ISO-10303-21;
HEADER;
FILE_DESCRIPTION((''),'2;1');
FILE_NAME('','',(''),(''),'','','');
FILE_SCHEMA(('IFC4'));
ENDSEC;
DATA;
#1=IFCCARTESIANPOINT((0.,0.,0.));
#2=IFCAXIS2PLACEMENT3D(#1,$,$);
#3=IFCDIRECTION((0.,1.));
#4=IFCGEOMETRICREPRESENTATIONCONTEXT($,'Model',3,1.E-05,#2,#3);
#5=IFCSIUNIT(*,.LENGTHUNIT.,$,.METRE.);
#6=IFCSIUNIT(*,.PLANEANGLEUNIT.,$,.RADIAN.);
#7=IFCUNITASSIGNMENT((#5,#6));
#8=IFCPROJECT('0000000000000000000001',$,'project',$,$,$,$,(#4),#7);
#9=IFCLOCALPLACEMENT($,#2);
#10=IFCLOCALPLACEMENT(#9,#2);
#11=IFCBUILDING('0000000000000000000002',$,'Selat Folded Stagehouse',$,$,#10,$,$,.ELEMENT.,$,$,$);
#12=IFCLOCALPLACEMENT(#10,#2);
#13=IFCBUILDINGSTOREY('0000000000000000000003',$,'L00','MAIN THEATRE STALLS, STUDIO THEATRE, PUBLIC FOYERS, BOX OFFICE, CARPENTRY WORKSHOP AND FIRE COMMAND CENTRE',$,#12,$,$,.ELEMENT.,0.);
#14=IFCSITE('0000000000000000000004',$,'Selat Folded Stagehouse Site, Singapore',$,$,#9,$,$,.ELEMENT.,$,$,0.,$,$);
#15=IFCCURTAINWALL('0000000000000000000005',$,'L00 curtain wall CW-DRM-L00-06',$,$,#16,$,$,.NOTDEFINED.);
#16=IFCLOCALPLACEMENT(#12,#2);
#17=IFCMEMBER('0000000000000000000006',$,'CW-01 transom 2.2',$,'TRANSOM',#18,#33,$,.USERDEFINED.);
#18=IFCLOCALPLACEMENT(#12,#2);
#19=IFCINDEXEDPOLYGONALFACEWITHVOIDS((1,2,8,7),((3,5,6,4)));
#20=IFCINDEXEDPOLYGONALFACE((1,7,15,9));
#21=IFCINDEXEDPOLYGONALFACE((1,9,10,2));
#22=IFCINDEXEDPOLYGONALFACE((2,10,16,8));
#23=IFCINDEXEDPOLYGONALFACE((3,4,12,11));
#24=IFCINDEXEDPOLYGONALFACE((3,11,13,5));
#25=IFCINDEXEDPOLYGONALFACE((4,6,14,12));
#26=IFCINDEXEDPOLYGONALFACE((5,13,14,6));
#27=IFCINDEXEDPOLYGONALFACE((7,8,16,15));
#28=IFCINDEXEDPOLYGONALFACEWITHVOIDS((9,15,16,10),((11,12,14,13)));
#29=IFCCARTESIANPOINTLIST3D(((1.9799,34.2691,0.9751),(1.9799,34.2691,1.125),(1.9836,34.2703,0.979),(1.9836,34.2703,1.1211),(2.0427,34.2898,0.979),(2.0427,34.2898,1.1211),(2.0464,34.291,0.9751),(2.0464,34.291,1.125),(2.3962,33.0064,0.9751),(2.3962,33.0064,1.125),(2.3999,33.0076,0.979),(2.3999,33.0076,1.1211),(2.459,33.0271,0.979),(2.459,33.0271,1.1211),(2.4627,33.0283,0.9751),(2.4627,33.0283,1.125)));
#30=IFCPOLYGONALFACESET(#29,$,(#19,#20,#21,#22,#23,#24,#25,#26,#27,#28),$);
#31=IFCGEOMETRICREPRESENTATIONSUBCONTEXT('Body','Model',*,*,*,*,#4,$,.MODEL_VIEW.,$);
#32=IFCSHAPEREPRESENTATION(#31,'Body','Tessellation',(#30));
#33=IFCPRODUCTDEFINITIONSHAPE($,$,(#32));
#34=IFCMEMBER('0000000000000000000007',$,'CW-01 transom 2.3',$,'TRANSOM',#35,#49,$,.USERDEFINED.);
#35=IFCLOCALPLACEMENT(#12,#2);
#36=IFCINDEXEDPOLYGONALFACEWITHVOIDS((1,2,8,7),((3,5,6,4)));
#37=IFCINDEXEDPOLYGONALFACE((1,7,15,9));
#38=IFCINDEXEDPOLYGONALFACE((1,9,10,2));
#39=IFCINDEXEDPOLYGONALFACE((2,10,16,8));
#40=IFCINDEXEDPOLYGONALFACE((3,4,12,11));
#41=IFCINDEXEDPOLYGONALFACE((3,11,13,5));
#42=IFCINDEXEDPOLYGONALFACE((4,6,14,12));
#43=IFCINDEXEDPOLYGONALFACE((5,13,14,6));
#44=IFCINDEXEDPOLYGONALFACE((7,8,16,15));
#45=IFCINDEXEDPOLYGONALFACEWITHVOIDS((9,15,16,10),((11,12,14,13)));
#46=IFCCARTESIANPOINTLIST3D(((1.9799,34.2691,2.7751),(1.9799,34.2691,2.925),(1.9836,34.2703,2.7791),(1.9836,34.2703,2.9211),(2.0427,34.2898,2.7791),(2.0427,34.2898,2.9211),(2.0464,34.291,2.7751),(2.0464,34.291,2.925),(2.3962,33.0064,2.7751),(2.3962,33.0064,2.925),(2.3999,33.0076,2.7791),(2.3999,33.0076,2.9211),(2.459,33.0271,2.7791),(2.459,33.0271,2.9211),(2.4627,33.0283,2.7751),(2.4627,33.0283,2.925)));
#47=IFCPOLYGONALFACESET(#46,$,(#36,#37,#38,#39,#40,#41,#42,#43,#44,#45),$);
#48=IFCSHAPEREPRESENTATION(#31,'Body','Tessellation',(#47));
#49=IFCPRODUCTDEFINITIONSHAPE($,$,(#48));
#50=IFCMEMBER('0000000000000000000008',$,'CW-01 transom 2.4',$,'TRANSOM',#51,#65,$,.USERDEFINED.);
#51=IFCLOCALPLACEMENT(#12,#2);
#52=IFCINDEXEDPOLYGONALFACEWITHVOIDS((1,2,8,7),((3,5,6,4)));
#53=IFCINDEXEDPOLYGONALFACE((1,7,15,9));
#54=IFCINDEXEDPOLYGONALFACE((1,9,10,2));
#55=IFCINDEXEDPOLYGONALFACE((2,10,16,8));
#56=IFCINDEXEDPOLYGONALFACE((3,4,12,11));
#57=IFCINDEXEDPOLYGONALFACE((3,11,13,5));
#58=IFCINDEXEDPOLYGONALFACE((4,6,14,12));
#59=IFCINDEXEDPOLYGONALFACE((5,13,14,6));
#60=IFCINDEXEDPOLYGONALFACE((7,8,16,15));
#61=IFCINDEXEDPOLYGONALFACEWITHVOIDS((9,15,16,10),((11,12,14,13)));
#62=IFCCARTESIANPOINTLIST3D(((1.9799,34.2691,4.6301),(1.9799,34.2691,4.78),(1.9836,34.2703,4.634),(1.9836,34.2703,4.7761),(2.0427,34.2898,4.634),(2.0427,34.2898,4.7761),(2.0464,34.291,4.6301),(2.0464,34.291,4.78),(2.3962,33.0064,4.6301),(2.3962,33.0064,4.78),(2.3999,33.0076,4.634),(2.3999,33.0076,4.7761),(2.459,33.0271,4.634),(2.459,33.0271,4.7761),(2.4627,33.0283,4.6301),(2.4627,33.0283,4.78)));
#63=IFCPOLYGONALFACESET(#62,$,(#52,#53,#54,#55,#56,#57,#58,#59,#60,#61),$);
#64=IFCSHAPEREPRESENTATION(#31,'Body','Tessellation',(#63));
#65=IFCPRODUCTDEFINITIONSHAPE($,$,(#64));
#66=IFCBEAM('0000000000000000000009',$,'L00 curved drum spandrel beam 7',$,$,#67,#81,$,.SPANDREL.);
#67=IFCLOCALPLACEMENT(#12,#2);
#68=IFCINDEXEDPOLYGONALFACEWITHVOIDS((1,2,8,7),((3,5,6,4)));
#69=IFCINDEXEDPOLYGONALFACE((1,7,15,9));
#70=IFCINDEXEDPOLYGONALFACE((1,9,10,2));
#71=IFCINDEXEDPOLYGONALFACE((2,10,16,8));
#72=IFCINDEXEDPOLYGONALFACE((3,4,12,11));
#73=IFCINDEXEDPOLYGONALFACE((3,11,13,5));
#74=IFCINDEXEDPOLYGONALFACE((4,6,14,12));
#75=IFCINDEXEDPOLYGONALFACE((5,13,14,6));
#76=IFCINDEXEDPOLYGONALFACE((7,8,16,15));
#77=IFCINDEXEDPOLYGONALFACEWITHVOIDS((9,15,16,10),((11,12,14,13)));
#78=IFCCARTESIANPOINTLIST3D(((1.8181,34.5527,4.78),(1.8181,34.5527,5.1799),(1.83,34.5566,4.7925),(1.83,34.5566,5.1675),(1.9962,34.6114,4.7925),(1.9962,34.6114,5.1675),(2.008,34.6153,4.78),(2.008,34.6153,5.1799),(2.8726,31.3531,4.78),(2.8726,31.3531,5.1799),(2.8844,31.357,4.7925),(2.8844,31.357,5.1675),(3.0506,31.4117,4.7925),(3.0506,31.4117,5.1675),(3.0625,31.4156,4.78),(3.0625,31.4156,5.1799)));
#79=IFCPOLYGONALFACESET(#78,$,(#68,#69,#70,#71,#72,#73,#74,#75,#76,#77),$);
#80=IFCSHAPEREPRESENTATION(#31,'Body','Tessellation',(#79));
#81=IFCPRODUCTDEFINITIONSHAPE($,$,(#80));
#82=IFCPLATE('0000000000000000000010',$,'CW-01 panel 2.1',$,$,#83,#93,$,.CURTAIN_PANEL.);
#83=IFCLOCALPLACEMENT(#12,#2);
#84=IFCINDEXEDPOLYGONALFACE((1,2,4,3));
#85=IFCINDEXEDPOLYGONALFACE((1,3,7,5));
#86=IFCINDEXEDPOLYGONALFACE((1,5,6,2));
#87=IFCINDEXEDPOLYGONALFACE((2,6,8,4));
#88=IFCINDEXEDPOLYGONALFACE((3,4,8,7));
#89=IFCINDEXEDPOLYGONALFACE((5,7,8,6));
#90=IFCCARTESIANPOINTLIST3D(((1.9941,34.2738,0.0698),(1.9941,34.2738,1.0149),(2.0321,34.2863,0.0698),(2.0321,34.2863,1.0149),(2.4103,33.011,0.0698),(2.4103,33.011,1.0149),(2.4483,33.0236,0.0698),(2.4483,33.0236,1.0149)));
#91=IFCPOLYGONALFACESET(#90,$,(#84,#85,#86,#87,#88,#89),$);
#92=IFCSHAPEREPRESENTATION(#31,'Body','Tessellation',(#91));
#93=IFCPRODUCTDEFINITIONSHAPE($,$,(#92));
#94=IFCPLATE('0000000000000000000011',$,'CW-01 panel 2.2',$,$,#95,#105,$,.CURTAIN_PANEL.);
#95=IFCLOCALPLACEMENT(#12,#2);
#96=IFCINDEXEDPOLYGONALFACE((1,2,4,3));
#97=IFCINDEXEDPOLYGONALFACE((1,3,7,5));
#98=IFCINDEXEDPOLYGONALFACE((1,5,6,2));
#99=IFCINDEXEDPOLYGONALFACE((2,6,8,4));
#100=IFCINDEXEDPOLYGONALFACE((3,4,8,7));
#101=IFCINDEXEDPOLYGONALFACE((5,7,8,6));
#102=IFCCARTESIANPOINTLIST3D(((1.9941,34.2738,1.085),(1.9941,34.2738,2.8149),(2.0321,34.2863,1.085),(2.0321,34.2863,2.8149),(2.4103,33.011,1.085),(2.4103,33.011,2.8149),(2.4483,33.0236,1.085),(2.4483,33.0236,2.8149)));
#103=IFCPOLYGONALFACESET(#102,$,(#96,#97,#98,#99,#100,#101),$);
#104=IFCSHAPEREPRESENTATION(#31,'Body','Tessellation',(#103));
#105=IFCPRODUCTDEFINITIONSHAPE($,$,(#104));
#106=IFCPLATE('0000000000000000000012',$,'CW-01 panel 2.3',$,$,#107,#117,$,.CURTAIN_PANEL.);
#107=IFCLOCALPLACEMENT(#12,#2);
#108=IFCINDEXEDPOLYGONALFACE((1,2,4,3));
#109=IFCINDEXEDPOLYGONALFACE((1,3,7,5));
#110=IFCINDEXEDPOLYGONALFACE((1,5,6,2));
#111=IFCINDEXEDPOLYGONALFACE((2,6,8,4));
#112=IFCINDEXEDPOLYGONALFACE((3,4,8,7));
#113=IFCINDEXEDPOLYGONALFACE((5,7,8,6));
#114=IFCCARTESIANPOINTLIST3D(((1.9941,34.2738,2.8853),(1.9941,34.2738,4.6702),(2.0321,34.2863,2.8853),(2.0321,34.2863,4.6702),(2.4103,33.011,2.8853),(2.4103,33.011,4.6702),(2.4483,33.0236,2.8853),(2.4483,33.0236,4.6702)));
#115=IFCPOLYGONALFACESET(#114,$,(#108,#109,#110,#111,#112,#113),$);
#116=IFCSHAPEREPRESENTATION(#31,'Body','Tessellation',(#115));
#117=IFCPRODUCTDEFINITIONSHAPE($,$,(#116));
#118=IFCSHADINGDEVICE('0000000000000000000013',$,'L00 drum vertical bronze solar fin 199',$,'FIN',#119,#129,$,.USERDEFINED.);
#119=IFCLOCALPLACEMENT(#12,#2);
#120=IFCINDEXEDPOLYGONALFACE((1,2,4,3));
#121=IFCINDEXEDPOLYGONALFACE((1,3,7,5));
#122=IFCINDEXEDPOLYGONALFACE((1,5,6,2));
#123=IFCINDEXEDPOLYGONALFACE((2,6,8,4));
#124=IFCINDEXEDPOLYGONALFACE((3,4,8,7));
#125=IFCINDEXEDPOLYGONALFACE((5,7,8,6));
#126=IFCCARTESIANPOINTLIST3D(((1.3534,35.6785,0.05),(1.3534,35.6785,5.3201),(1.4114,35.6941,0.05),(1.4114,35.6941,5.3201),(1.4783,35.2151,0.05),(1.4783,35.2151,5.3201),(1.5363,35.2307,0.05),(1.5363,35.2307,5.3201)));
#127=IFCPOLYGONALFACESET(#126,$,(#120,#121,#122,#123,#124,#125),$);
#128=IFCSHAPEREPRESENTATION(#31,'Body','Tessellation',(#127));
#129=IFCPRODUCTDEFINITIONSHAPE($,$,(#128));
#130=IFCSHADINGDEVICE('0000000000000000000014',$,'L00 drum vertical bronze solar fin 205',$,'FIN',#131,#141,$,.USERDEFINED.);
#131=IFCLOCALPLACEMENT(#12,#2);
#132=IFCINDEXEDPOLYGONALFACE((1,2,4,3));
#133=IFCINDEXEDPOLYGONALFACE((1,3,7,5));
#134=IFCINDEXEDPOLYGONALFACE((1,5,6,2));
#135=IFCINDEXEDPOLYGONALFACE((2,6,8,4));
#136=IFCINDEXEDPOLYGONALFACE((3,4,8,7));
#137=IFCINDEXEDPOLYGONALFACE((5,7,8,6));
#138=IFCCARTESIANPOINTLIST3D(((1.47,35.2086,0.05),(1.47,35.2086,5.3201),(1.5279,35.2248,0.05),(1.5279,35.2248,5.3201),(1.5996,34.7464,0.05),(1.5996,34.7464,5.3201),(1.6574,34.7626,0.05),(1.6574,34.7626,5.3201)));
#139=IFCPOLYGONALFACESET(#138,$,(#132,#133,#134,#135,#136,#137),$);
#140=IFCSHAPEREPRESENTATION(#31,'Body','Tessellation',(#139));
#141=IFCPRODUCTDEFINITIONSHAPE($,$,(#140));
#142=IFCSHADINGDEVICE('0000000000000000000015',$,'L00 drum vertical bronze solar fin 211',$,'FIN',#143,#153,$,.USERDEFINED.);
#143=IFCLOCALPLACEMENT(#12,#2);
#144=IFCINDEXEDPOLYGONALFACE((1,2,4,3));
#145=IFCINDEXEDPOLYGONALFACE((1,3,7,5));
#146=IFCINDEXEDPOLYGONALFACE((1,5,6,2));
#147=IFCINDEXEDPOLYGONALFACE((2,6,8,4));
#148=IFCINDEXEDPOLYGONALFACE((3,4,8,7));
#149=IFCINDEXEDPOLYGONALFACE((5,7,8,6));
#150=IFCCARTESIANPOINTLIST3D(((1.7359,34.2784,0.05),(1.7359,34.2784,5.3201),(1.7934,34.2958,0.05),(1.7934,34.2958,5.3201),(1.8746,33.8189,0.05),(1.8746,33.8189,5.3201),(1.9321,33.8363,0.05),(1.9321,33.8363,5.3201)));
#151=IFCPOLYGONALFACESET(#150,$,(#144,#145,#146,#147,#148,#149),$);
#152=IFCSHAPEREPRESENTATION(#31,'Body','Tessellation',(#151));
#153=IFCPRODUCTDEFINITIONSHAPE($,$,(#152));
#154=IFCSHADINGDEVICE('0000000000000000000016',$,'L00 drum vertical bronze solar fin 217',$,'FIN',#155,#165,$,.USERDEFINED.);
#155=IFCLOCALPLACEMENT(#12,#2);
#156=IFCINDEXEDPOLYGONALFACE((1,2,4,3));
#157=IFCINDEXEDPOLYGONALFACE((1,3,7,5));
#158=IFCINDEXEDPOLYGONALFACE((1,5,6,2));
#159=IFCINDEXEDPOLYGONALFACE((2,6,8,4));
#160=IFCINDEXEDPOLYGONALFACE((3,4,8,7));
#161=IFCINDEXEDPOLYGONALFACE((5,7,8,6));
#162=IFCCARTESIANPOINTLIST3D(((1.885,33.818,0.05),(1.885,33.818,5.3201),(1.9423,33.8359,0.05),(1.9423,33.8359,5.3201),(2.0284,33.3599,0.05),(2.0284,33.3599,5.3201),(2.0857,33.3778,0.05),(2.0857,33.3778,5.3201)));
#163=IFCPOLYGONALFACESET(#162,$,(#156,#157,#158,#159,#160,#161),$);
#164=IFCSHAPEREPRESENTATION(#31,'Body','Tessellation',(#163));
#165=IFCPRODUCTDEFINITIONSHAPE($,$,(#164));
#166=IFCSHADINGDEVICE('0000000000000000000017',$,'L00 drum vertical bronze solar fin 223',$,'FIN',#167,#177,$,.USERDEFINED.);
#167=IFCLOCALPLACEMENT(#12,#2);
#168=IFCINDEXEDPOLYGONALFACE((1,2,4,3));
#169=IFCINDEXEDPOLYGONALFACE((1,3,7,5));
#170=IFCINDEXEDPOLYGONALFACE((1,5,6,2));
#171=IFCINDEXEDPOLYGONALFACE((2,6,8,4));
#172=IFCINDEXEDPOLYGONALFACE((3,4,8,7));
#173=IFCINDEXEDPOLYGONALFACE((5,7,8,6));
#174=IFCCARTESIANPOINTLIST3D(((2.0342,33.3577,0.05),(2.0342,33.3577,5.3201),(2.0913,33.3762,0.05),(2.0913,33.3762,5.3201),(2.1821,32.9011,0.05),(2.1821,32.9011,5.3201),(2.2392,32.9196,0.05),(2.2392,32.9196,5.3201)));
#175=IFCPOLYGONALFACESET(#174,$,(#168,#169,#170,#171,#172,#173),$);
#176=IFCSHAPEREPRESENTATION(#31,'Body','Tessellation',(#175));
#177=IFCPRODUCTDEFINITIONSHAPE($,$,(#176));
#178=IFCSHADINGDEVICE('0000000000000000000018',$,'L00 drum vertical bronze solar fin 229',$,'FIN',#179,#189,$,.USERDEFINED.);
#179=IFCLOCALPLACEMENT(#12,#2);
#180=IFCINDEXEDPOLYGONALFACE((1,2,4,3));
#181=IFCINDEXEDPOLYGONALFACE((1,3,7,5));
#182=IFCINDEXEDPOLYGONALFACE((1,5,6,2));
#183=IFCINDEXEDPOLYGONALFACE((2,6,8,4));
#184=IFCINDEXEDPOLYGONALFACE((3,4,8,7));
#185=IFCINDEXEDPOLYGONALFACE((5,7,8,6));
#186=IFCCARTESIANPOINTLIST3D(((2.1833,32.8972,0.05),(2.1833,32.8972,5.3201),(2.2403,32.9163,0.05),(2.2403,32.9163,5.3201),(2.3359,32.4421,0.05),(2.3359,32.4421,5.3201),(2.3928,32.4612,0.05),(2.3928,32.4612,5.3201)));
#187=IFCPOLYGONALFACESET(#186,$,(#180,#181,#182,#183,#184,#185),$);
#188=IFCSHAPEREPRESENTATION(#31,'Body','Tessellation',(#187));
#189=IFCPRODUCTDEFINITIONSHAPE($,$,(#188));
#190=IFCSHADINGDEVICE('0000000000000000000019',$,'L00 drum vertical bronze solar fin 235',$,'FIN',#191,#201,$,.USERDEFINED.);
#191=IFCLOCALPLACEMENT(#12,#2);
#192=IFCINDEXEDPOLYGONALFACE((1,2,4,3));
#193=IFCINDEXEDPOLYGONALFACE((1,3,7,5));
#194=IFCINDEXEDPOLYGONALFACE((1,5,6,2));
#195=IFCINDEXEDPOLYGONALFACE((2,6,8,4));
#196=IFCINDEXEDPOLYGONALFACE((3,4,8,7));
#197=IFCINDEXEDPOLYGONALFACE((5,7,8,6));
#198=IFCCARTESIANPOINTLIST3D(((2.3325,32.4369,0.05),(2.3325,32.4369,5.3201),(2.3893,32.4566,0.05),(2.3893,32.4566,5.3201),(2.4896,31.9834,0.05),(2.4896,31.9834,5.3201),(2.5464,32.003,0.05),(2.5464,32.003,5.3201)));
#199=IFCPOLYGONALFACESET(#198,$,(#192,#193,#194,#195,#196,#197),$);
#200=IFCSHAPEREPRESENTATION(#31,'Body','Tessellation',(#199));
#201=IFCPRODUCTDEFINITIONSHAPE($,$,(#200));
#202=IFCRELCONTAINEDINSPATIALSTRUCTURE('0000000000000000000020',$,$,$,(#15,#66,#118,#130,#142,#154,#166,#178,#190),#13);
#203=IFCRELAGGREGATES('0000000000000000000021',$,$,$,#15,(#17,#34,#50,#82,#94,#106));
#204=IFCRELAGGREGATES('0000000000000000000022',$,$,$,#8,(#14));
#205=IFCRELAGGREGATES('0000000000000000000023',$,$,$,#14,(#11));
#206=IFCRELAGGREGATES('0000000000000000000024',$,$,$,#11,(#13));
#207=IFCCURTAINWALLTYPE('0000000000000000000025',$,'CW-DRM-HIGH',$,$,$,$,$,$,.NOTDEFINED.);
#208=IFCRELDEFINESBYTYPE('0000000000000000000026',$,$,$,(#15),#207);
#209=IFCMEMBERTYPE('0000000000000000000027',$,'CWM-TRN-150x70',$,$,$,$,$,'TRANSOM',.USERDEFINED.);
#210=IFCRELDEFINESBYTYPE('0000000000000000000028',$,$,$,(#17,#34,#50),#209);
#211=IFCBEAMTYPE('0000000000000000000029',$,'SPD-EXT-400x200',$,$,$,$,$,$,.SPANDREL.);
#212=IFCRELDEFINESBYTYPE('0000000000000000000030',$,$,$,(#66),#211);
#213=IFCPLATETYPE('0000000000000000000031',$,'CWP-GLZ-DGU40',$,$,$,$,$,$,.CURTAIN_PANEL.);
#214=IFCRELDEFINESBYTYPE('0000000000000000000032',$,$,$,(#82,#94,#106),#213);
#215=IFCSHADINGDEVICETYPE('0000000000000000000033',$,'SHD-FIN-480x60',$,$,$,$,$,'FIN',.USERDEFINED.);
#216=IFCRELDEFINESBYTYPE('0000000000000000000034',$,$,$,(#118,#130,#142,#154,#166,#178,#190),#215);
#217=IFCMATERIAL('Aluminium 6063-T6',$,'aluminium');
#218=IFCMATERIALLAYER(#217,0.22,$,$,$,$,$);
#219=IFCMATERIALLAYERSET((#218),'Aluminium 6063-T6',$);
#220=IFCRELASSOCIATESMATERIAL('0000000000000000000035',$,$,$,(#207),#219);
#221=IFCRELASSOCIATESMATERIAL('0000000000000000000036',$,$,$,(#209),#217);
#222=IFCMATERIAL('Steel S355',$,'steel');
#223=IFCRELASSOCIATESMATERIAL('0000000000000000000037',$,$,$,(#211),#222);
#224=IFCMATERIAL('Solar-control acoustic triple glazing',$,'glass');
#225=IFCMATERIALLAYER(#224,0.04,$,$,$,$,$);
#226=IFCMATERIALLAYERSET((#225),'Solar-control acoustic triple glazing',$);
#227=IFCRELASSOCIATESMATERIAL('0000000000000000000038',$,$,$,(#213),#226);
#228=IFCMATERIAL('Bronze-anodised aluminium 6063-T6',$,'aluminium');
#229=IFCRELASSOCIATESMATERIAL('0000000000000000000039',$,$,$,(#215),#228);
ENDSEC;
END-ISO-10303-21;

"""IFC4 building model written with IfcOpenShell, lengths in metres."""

from ifc_helpers import new_model, si_unit, direction, frame, origin, origin_2d, place, context, subcontext, project, spatial, rectangle, hollow_rectangle, extrude, material, layer, layer_set, material_profile, profile_set, type_object, element, aggregate, save


model = new_model("IFC4")

# Units and contexts
model_context = context("Model", 3, precision=1e-05, world=origin(), true_north=direction((0.0, 1.0)))
body_context = subcontext(model_context, "Body", "Model", "MODEL_VIEW")
ifc_project = project(units=[si_unit("LENGTHUNIT", "METRE"), si_unit("PLANEANGLEUNIT", "RADIAN")], contexts=[model_context])

# Site, building, storey
site_placement = place(None, origin())
site = spatial("IfcSite", under=ifc_project, at=site_placement, Name="Selat Folded Stagehouse Site, Singapore", CompositionType="ELEMENT", RefElevation=0.0)
building_placement = place(site_placement, origin())
building = spatial("IfcBuilding", under=site, at=building_placement, Name="Selat Folded Stagehouse", CompositionType="ELEMENT")
storey_placement = place(building_placement, origin())
storey = spatial("IfcBuildingStorey", under=building, at=storey_placement, Name="L00", Description="MAIN THEATRE STALLS, STUDIO THEATRE, PUBLIC FOYERS, BOX OFFICE, CARPENTRY WORKSHOP AND FIRE COMMAND CENTRE", CompositionType="ELEMENT", Elevation=0.0)

# Shared definitions
ifc_material_1 = material(Name="Steel S355", Category="steel")

# Curtain wall
ifc_material_2 = material(Name="Aluminium 6063-T6", Category="aluminium")
ifc_layer_1 = layer(ifc_material_2, 0.22)
ifc_layer_set_1 = layer_set([ifc_layer_1], Name="Aluminium 6063-T6")
curtain_wall_type = type_object("IfcCurtainWallType", Name="CW-DRM-HIGH", PredefinedType="NOTDEFINED", material=ifc_layer_set_1)
curtain_wall_1_placement = place(storey_placement, origin())
curtain_wall_1 = element("IfcCurtainWall", 1, at=curtain_wall_1_placement, inside=storey, type_object=curtain_wall_type, Name="L00 curtain wall CW-DRM-L00-06", PredefinedType="NOTDEFINED")

# Members
ifc_material_profile_1 = material_profile(ifc_material_2, hollow_rectangle(XDim=0.0701, YDim=0.1499, WallThickness=0.0039, at=origin_2d()), Name="ALU 150x70x4.0")
ifc_profile_set_1 = profile_set([ifc_material_profile_1], Name="Aluminium 6063-T6")
member_type_1 = type_object("IfcMemberType", Name="CWM-TRN-150x70", ElementType="TRANSOM", PredefinedType="USERDEFINED", material=ifc_profile_set_1)
member_1_placement = place(storey_placement, frame((2.4294, 33.0173, 1.05), z_axis=(-0.313086, 0.949725, 0.0), x_axis=(-0.949725, -0.313086, 0.0)))
member_1 = element("IfcMember", 2, at=member_1_placement, type_object=member_type_1, Name="CW-01 transom 2.2", ObjectType="TRANSOM", PredefinedType="USERDEFINED", context=body_context, shape_type="SweptSolid", body=[
    extrude(hollow_rectangle(XDim=0.0701, YDim=0.1499, WallThickness=0.0039, at=origin_2d()), origin(), (0.0, 0.0, 1.0), 1.3296),
])
member_2_placement = place(storey_placement, frame((2.4294, 33.0173, 2.8501), z_axis=(-0.313086, 0.949725, 0.0), x_axis=(-0.949725, -0.313086, 0.0)))
member_2 = element("IfcMember", 3, at=member_2_placement, type_object=member_type_1, Name="CW-01 transom 2.3", ObjectType="TRANSOM", PredefinedType="USERDEFINED", context=body_context, shape_type="SweptSolid", body=[
    extrude(hollow_rectangle(XDim=0.0701, YDim=0.1499, WallThickness=0.0039, at=origin_2d()), origin(), (0.0, 0.0, 1.0), 1.3296),
])
member_3_placement = place(storey_placement, frame((2.4294, 33.0173, 4.7051), z_axis=(-0.313086, 0.949725, 0.0), x_axis=(-0.949725, -0.313086, 0.0)))
member_3 = element("IfcMember", 4, at=member_3_placement, type_object=member_type_1, Name="CW-01 transom 2.4", ObjectType="TRANSOM", PredefinedType="USERDEFINED", context=body_context, shape_type="SweptSolid", body=[
    extrude(hollow_rectangle(XDim=0.0701, YDim=0.1499, WallThickness=0.0039, at=origin_2d()), origin(), (0.0, 0.0, 1.0), 1.3296),
])

# Beam
ifc_material_profile_2 = material_profile(ifc_material_1, hollow_rectangle(XDim=0.2, YDim=0.3999, WallThickness=0.0125, at=origin_2d()), Name="RHS 400x200x12.5")
ifc_profile_set_2 = profile_set([ifc_material_profile_2], Name="Steel S355")
beam_type = type_object("IfcBeamType", Name="SPD-EXT-400x200", PredefinedType="SPANDREL", material=ifc_profile_set_2)
beam_placement = place(storey_placement, frame((1.9131, 34.584, 4.98), z_axis=(0.312987, -0.949758, 0.0), x_axis=(0.949758, 0.312987, 0.0)))
element("IfcBeam", 5, at=beam_placement, inside=storey, type_object=beam_type, Name="L00 curved drum spandrel beam 7", PredefinedType="SPANDREL", context=body_context, shape_type="SweptSolid", body=[
    extrude(hollow_rectangle(XDim=0.2, YDim=0.3999, WallThickness=0.0125, at=origin_2d()), origin(), (0.0, 0.0, 1.0), 3.3689),
])

# Plates
ifc_material_3 = material(Name="Solar-control acoustic triple glazing", Category="glass")
ifc_layer_2 = layer(ifc_material_3, 0.04)
ifc_layer_set_2 = layer_set([ifc_layer_2], Name="Solar-control acoustic triple glazing")
plate_type = type_object("IfcPlateType", Name="CWP-GLZ-DGU40", PredefinedType="CURTAIN_PANEL", material=ifc_layer_set_2)
plate_1_placement = place(storey_placement, frame((2.2212, 33.6487, 0.0698), z_axis=(0.0, 0.0, 1.0), x_axis=(-0.312995, 0.949755, 0.0)))
plate_1 = element("IfcPlate", 6, at=plate_1_placement, type_object=plate_type, Name="CW-01 panel 2.1", PredefinedType="CURTAIN_PANEL", context=body_context, shape_type="SweptSolid", body=[
    extrude(rectangle(XDim=1.3296, YDim=0.04, at=origin_2d()), origin(), (0.0, 0.0, 1.0), 0.9451),
])
plate_2_placement = place(storey_placement, frame((2.2212, 33.6487, 1.085), z_axis=(0.0, 0.0, 1.0), x_axis=(-0.312995, 0.949755, 0.0)))
plate_2 = element("IfcPlate", 7, at=plate_2_placement, type_object=plate_type, Name="CW-01 panel 2.2", PredefinedType="CURTAIN_PANEL", context=body_context, shape_type="SweptSolid", body=[
    extrude(rectangle(XDim=1.3296, YDim=0.04, at=origin_2d()), origin(), (0.0, 0.0, 1.0), 1.73),
])
plate_3_placement = place(storey_placement, frame((2.2212, 33.6487, 2.8853), z_axis=(0.0, 0.0, 1.0), x_axis=(-0.312995, 0.949755, 0.0)))
plate_3 = element("IfcPlate", 8, at=plate_3_placement, type_object=plate_type, Name="CW-01 panel 2.3", PredefinedType="CURTAIN_PANEL", context=body_context, shape_type="SweptSolid", body=[
    extrude(rectangle(XDim=1.3296, YDim=0.04, at=origin_2d()), origin(), (0.0, 0.0, 1.0), 1.7849),
])
aggregate(curtain_wall_1, [member_1, member_2, member_3, plate_1, plate_2, plate_3])

# Shading devices
ifc_material_4 = material(Name="Bronze-anodised aluminium 6063-T6", Category="aluminium")
ifc_material_profile_3 = material_profile(ifc_material_4, rectangle(XDim=0.0601, YDim=0.48, at=origin_2d()), Name="SOLAR-FIN 480x60")
ifc_profile_set_3 = profile_set([ifc_material_profile_3], Name="Bronze-anodised aluminium 6063-T6")
shading_device_type = type_object("IfcShadingDeviceType", Name="SHD-FIN-480x60", ElementType="FIN", PredefinedType="USERDEFINED", material=ifc_profile_set_3)
for number, where, z_axis, x_axis, name in (
    (9, (1.4448, 35.4546, 0.05), (0.0, 0.0, 1.0), (-0.965564, -0.260167, 0.0), "L00 drum vertical bronze solar fin 199"),
    (10, (1.5637, 34.9856, 0.05), (0.0, 0.0, 1.0), (-0.96288, -0.269928, 0.0), "L00 drum vertical bronze solar fin 205"),
    (11, (1.834, 34.0574, 0.05), (0.0, 0.0, 1.0), (-0.957319, -0.289032, 0.0), "L00 drum vertical bronze solar fin 211"),
    (12, (1.9854, 33.5979, 0.05), (0.0, 0.0, 1.0), (-0.954345, -0.298708, 0.0), "L00 drum vertical bronze solar fin 217"),
    (13, (2.1367, 33.1387, 0.05), (0.0, 0.0, 1.0), (-0.951326, -0.308187, 0.0), "L00 drum vertical bronze solar fin 223"),
    (14, (2.2881, 32.6792, 0.05), (0.0, 0.0, 1.0), (-0.948157, -0.317801, 0.0), "L00 drum vertical bronze solar fin 229"),
    (15, (2.4395, 32.22, 0.05), (0.0, 0.0, 1.0), (-0.944949, -0.327218, 0.0), "L00 drum vertical bronze solar fin 235"),
):
    element("IfcShadingDevice", number, at=place(storey_placement, frame(where, z_axis=z_axis, x_axis=x_axis)), inside=storey, type_object=shading_device_type, Name=name, ObjectType="FIN", PredefinedType="USERDEFINED", context=body_context, shape_type="SweptSolid", body=[
        extrude(rectangle(XDim=0.0601, YDim=0.48, at=origin_2d()), origin(), (0.0, 0.0, 1.0), 5.27),
    ])

save(model, "model.ifc")
